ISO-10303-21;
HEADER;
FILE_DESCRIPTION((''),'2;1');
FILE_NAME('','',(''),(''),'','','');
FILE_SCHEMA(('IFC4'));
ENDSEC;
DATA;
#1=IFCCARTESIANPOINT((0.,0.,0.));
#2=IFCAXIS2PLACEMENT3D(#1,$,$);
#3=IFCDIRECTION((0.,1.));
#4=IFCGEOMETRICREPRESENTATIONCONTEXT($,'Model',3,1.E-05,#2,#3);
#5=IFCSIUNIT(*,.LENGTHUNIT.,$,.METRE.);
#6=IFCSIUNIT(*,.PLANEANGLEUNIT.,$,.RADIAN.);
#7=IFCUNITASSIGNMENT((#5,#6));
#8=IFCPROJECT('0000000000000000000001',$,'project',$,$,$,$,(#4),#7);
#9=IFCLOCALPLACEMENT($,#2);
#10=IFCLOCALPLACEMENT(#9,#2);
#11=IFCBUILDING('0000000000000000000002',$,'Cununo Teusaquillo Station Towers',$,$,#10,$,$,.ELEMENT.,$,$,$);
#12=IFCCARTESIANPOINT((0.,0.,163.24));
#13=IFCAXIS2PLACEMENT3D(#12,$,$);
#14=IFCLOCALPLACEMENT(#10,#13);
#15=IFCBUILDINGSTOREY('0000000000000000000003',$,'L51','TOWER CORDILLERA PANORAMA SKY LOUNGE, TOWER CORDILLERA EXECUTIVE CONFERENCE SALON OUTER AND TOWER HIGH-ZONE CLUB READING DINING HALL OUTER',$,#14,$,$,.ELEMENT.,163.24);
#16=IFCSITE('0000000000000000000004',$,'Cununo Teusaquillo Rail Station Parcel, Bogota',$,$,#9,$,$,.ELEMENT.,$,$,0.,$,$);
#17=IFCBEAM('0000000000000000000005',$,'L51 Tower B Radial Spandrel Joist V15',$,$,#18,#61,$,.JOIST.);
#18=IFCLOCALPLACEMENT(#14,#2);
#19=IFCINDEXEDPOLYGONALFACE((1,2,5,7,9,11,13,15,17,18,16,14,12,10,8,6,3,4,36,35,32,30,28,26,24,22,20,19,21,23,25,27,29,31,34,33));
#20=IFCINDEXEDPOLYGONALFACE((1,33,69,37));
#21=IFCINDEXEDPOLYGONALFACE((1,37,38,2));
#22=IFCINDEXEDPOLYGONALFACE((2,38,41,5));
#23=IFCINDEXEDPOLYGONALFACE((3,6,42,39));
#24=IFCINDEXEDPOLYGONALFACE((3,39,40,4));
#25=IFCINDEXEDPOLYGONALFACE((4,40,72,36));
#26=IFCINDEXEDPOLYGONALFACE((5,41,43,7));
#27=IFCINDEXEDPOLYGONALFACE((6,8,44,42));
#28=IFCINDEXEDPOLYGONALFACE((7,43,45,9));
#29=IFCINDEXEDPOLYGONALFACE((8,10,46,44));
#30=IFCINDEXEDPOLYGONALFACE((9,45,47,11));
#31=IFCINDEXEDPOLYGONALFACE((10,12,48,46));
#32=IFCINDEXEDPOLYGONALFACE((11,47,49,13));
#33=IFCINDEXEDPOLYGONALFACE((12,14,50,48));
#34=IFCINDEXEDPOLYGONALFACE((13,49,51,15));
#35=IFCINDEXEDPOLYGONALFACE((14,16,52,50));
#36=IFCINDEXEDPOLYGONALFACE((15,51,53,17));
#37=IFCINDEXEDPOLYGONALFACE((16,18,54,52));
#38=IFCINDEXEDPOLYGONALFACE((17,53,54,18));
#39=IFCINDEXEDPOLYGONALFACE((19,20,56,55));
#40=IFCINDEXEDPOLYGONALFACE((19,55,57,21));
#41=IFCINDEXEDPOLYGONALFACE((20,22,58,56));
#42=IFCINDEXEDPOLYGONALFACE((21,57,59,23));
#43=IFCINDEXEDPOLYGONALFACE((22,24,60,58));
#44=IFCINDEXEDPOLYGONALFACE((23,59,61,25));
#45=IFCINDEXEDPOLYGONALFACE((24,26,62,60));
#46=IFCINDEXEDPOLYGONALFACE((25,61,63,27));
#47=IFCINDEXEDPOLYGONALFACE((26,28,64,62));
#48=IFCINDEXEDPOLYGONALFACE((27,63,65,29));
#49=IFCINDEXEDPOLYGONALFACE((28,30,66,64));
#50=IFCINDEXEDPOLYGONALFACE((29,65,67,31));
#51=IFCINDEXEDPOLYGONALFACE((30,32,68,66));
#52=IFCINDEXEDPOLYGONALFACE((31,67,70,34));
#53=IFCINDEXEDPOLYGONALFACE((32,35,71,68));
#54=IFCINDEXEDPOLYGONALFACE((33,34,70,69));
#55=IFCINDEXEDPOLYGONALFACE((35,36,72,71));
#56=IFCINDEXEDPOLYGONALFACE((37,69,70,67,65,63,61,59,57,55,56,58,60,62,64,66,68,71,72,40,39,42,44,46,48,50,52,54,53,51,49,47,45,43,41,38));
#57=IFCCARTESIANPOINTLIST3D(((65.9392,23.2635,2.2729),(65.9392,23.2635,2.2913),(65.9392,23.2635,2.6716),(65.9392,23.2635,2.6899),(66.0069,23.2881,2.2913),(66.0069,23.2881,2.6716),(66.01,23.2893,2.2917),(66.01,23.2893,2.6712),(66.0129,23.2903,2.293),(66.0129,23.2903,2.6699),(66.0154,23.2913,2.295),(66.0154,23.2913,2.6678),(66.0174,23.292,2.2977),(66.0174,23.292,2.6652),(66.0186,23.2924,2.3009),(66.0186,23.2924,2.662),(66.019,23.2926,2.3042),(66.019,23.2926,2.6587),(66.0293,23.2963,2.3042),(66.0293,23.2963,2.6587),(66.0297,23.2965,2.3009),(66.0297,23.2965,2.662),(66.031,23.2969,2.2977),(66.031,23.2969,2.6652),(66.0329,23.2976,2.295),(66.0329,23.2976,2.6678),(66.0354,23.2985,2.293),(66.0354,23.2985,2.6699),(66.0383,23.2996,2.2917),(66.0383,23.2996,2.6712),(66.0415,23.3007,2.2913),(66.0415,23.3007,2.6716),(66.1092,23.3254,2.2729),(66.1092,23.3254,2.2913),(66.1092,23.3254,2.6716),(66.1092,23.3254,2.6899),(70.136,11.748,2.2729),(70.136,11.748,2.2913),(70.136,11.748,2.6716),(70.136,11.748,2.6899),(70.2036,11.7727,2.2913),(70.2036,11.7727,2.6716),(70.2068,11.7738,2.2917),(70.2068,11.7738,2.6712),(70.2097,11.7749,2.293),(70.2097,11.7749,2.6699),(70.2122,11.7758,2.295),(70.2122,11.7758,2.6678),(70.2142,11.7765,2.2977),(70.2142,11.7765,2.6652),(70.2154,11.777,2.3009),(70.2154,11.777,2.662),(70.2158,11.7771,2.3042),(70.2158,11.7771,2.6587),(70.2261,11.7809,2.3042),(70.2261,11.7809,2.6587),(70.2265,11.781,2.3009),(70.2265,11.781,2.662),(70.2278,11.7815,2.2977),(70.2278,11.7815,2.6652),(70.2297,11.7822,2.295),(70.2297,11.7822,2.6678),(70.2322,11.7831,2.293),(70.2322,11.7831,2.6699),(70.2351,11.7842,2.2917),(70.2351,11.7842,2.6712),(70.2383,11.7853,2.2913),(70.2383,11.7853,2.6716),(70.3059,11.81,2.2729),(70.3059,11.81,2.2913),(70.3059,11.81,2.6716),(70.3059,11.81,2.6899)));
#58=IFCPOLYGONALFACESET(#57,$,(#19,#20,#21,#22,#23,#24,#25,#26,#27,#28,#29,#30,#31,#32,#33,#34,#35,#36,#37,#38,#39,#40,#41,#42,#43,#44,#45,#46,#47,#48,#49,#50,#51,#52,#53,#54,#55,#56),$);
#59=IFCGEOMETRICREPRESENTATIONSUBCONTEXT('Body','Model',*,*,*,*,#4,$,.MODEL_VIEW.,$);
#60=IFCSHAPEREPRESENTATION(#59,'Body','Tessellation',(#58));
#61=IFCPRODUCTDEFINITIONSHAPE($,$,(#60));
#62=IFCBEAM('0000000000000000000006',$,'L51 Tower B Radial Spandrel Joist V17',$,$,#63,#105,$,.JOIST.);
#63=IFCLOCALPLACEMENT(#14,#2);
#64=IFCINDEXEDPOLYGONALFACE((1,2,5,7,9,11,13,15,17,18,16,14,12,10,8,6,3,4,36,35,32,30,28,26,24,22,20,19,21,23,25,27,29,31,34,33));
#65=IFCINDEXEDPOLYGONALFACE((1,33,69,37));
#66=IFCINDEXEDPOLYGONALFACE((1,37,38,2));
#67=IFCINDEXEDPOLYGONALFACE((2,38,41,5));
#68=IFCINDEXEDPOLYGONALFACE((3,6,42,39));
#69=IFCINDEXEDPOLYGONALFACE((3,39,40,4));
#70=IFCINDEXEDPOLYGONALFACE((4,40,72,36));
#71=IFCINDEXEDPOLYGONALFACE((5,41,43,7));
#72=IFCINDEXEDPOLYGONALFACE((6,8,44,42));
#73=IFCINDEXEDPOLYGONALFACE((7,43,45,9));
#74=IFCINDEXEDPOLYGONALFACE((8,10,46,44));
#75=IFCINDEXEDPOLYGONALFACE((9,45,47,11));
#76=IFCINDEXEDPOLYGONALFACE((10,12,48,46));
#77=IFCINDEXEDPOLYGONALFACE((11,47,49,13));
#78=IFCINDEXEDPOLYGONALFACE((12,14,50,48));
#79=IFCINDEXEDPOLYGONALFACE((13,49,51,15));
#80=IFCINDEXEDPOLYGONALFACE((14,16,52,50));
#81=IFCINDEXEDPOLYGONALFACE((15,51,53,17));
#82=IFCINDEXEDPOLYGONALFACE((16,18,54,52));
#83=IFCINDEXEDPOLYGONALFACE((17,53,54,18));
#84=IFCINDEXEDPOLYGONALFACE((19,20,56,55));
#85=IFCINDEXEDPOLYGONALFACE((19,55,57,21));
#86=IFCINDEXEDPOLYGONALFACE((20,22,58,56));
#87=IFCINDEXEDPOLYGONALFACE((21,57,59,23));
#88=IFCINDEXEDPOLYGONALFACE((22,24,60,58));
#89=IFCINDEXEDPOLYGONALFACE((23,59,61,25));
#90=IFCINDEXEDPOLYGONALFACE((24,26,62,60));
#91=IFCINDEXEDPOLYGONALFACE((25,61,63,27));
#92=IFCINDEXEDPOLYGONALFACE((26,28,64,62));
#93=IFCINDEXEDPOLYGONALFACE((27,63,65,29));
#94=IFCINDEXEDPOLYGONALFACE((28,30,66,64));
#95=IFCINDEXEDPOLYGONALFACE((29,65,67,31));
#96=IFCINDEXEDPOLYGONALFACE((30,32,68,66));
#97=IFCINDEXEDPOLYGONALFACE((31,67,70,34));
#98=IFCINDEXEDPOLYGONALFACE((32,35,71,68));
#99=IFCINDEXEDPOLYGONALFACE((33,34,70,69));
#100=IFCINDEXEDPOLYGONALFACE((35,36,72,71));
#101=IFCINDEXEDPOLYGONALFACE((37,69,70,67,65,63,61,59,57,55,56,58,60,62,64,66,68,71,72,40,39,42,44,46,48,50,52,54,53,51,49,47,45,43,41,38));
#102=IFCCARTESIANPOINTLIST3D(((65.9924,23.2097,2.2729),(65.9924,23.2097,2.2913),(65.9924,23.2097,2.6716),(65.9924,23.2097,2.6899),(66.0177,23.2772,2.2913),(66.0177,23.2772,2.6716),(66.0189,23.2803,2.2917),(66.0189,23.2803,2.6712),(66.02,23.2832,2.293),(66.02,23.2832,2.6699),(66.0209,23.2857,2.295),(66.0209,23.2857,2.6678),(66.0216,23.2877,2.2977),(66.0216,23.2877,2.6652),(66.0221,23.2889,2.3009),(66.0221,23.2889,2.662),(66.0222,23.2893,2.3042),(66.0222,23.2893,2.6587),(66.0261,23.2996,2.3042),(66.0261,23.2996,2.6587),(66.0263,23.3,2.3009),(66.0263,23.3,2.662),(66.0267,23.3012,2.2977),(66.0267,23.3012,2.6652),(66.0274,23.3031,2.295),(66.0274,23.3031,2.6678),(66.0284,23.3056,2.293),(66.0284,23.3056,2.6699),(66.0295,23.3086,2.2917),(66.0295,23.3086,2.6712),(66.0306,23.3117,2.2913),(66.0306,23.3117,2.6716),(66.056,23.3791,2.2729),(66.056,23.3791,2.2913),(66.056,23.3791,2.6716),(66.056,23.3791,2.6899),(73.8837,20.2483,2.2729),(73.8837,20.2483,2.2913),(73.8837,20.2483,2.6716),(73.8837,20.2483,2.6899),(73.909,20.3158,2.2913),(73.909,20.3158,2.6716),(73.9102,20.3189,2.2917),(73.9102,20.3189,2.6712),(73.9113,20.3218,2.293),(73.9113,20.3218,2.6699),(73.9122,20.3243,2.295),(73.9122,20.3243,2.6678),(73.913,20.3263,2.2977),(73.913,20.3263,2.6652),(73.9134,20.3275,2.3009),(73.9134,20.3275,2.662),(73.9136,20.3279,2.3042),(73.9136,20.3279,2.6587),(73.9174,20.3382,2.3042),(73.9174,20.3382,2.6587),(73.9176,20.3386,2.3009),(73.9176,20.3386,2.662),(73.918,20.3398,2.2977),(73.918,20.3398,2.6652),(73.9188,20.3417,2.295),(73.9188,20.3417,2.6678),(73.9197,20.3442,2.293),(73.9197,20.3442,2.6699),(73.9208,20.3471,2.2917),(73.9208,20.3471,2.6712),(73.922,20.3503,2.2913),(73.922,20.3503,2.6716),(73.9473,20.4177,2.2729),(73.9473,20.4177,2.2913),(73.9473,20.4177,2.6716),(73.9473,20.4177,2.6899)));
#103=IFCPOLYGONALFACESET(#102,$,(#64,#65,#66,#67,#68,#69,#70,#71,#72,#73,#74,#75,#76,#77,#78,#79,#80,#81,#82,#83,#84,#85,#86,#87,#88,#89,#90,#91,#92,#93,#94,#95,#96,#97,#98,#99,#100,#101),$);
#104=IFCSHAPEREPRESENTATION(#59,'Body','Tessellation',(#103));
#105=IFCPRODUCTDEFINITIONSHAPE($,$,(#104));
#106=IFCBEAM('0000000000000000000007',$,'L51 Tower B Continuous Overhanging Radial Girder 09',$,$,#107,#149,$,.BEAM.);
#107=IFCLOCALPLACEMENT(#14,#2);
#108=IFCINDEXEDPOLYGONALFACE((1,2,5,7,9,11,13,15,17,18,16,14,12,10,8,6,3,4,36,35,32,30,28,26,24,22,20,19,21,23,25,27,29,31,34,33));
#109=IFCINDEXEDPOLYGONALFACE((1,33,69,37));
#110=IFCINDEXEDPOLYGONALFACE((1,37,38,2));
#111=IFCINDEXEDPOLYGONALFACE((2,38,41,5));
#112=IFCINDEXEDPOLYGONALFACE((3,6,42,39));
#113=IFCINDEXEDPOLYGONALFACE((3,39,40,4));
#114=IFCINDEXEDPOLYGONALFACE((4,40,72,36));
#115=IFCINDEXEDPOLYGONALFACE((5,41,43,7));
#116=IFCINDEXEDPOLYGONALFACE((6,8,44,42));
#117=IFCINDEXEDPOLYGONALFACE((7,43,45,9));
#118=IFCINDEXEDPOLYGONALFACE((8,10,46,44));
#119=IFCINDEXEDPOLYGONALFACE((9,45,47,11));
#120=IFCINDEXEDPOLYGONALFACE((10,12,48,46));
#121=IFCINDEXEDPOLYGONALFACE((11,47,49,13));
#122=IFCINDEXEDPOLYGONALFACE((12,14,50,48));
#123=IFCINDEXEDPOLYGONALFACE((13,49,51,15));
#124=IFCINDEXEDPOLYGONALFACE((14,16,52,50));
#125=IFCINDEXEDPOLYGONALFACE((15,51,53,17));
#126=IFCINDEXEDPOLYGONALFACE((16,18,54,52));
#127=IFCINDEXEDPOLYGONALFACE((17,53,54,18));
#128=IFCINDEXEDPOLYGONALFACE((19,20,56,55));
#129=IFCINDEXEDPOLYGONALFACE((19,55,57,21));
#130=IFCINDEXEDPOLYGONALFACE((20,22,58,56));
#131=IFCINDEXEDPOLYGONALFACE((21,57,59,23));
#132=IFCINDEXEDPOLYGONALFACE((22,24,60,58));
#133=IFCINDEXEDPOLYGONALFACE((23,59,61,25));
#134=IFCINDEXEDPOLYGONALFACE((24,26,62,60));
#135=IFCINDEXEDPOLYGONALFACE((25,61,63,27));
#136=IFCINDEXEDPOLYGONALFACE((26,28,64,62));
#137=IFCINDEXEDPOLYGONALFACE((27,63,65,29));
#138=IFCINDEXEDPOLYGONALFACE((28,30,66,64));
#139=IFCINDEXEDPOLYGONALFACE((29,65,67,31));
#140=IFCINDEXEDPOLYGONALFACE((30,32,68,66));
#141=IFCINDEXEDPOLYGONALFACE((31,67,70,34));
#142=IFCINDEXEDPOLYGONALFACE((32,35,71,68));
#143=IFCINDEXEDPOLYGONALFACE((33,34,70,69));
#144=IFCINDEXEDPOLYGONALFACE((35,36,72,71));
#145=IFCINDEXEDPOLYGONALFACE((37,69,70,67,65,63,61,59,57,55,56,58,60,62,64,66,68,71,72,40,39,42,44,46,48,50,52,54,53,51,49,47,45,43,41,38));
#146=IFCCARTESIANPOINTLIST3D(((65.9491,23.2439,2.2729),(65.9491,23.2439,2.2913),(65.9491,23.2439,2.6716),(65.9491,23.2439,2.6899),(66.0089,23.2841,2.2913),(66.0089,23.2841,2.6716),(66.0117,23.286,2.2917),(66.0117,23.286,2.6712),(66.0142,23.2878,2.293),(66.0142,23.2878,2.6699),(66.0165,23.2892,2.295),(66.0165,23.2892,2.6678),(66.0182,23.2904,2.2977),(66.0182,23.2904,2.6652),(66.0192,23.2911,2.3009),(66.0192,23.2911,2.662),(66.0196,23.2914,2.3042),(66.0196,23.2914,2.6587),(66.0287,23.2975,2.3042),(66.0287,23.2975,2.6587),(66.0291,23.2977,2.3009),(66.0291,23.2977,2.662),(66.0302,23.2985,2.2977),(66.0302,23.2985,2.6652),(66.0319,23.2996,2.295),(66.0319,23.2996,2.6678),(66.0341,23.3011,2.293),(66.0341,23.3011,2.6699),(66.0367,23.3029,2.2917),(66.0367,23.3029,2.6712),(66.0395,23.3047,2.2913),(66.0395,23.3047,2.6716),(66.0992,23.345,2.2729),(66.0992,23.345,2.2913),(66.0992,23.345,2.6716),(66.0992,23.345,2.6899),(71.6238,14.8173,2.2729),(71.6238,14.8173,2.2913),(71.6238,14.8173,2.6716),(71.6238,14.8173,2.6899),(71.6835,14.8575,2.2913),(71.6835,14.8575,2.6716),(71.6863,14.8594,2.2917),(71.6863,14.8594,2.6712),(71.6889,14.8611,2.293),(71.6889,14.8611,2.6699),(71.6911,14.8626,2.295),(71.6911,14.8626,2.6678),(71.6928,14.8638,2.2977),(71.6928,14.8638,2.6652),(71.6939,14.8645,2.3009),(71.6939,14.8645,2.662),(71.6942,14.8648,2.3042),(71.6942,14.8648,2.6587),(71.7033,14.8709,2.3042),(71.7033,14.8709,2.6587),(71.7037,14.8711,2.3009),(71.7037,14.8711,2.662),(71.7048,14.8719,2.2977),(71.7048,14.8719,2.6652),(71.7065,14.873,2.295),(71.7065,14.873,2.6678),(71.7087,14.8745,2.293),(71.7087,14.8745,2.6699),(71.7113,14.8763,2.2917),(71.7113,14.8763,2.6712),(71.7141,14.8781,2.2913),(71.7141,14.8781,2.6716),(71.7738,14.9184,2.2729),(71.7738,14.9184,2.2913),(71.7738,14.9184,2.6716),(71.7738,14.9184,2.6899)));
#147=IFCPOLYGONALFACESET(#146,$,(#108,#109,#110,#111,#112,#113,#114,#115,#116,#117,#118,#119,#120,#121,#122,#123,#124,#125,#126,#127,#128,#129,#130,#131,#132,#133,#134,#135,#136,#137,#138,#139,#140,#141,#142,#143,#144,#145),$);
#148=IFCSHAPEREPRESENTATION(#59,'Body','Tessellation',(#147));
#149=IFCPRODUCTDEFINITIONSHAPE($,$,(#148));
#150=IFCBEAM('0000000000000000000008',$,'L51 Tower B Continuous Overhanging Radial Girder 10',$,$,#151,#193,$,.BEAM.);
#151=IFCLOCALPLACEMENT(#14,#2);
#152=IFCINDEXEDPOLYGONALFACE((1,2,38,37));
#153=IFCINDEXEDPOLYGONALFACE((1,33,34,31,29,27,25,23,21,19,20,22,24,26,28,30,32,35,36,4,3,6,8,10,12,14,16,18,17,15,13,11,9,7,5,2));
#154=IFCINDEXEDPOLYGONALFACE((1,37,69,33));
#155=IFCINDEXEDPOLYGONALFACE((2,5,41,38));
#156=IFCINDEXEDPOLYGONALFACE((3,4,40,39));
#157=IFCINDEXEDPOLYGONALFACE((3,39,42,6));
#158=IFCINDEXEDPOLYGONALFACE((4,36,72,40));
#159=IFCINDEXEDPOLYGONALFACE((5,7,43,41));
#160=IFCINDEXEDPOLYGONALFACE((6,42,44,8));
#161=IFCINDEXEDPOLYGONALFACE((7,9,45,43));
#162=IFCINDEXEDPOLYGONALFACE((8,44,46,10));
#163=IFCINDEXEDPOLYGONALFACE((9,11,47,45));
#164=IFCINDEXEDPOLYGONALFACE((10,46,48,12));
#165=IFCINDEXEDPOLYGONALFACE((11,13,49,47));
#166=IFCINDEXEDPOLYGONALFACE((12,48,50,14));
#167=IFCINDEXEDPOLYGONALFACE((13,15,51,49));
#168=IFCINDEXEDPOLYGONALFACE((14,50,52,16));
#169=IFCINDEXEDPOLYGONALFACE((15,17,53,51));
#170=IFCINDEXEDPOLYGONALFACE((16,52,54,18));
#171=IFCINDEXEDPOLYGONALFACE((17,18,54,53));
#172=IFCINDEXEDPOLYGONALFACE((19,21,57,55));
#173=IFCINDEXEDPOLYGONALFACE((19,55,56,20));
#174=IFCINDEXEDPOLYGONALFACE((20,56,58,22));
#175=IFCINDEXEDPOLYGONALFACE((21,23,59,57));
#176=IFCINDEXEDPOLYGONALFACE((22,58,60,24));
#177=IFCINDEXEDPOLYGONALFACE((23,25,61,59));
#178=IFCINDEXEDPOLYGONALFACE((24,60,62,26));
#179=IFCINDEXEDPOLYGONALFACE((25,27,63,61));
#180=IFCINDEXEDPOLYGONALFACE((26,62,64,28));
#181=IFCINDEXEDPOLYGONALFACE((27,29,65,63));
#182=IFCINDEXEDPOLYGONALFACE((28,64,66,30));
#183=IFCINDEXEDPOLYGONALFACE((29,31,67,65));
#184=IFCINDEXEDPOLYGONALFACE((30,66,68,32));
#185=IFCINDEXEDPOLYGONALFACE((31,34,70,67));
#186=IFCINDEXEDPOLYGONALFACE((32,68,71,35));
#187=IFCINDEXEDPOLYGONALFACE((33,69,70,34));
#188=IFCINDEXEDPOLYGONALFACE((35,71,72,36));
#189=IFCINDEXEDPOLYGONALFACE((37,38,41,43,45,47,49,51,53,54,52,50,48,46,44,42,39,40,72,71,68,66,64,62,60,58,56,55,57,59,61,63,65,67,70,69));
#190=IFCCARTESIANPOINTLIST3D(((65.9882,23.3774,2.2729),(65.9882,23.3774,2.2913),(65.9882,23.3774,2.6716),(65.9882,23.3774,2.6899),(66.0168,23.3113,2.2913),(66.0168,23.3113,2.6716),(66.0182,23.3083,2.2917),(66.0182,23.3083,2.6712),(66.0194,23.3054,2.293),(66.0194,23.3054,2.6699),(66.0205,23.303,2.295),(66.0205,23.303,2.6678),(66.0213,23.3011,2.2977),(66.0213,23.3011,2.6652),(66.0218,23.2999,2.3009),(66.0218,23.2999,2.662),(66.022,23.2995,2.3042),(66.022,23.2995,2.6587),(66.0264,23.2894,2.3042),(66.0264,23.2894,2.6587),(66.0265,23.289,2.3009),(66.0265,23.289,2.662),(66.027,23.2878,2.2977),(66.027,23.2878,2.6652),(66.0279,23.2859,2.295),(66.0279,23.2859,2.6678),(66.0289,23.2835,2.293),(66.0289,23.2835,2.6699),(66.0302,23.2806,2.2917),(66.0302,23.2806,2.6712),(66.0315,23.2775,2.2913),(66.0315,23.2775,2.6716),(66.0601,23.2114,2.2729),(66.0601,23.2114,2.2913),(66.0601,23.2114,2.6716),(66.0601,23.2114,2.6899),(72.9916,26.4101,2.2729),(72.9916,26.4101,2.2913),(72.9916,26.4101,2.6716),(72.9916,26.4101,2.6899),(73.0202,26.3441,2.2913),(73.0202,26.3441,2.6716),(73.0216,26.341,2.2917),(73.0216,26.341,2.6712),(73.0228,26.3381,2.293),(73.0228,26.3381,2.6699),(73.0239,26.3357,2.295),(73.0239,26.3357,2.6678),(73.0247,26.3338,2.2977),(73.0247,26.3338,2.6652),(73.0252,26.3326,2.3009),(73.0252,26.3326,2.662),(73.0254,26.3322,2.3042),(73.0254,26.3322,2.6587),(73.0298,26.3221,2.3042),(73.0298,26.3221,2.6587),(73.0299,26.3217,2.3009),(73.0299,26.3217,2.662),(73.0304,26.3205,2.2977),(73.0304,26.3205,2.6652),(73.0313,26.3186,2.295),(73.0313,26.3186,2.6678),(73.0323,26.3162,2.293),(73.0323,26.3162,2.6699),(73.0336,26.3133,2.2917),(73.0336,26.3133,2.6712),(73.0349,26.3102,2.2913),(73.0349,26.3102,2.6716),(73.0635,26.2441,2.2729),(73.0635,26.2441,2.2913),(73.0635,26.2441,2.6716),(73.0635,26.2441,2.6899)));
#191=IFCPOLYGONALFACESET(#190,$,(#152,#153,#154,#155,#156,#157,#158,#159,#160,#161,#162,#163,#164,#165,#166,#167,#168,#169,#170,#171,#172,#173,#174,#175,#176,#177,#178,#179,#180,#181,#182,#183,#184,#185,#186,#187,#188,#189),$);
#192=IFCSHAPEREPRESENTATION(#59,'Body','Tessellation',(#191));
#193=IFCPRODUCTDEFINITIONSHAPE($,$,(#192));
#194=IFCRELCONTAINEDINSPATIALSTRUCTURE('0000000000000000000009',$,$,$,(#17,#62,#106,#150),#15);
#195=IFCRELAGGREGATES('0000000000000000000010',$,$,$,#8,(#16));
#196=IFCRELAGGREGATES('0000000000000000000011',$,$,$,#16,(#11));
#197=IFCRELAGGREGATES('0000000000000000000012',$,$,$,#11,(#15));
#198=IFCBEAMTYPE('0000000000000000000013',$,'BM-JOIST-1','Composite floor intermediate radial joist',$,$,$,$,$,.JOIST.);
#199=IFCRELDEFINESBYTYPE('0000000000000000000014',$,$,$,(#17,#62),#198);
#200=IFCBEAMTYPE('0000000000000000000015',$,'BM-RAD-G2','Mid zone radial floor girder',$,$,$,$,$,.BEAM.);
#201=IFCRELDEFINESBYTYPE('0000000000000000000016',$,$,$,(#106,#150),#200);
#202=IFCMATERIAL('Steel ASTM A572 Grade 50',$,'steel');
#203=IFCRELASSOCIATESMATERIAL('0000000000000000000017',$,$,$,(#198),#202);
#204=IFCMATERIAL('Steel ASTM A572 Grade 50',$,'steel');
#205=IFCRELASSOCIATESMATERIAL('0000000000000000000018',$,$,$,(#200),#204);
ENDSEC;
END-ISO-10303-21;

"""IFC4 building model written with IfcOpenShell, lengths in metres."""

from ifc_helpers import new_model, si_unit, direction, frame, origin, origin_2d, place, context, subcontext, project, spatial, i_section, extrude, material, material_profile, profile_set, type_object, element, save


model = new_model("IFC4")

# Units and contexts
model_context = context("Model", 3, precision=1e-05, world=origin(), true_north=direction((0.0, 1.0)))
body_context = subcontext(model_context, "Body", "Model", "MODEL_VIEW")
ifc_project = project(units=[si_unit("LENGTHUNIT", "METRE"), si_unit("PLANEANGLEUNIT", "RADIAN")], contexts=[model_context])

# Site, building, storey
site_placement = place(None, origin())
site = spatial("IfcSite", under=ifc_project, at=site_placement, Name="Cununo Teusaquillo Rail Station Parcel, Bogota", CompositionType="ELEMENT", RefElevation=0.0)
building_placement = place(site_placement, origin())
building = spatial("IfcBuilding", under=site, at=building_placement, Name="Cununo Teusaquillo Station Towers", CompositionType="ELEMENT")
storey_placement = place(building_placement, frame((0.0, 0.0, 163.24)))
storey = spatial("IfcBuildingStorey", under=building, at=storey_placement, Name="L51", Description="TOWER CORDILLERA PANORAMA SKY LOUNGE, TOWER CORDILLERA EXECUTIVE CONFERENCE SALON OUTER AND TOWER HIGH-ZONE CLUB READING DINING HALL OUTER", CompositionType="ELEMENT", Elevation=163.24)

# Beams
ifc_material_1 = material(Name="Steel ASTM A572 Grade 50", Category="steel")
ifc_material_profile_1 = material_profile(ifc_material_1, i_section(OverallWidth=0.1809, OverallDepth=0.417, WebThickness=0.011, FlangeThickness=0.0183, FilletRadius=0.0129, at=origin_2d()), Name="W16X57")
ifc_profile_set_1 = profile_set([ifc_material_profile_1], Name="Steel ASTM A572 Grade 50")
beam_type_1 = type_object("IfcBeamType", Name="BM-JOIST-1", Description="Composite floor intermediate radial joist", PredefinedType="JOIST", material=ifc_profile_set_1)
beam_1_placement = place(storey_placement, frame((66.0242, 23.2944, 2.4814), z_axis=(0.342418, -0.939548, 0.0), x_axis=(0.939548, 0.342418, 0.0)))
element("IfcBeam", 1, at=beam_1_placement, inside=storey, type_object=beam_type_1, Name="L51 Tower B Radial Spandrel Joist V15", PredefinedType="JOIST", context=body_context, shape_type="SweptSolid", body=[
    extrude(i_section(OverallWidth=0.1809, OverallDepth=0.417, WebThickness=0.011, FlangeThickness=0.0183, FilletRadius=0.0129, at=origin_2d()), origin(), (0.0, 0.0, 1.0), 12.2563),
])
beam_2_placement = place(storey_placement, frame((66.0242, 23.2944, 2.4814), z_axis=(0.936245, -0.351349, 0.0), x_axis=(0.351349, 0.936245, 0.0)))
element("IfcBeam", 2, at=beam_2_placement, inside=storey, type_object=beam_type_1, Name="L51 Tower B Radial Spandrel Joist V17", PredefinedType="JOIST", context=body_context, shape_type="SweptSolid", body=[
    extrude(i_section(OverallWidth=0.1809, OverallDepth=0.417, WebThickness=0.011, FlangeThickness=0.0183, FilletRadius=0.0129, at=origin_2d()), origin(), (0.0, 0.0, 1.0), 8.4287),
])
ifc_material_2 = material(Name="Steel ASTM A572 Grade 50", Category="steel")
ifc_material_profile_2 = material_profile(ifc_material_2, i_section(OverallWidth=0.1809, OverallDepth=0.417, WebThickness=0.011, FlangeThickness=0.0183, FilletRadius=0.0129, at=origin_2d()), Name="W16X57")
ifc_profile_set_2 = profile_set([ifc_material_profile_2], Name="Steel ASTM A572 Grade 50")
beam_type_2 = type_object("IfcBeamType", Name="BM-RAD-G2", Description="Mid zone radial floor girder", PredefinedType="BEAM", material=ifc_profile_set_2)
beam_3_placement = place(storey_placement, frame((66.0242, 23.2944, 2.4814), z_axis=(0.558571, -0.829457, 0.0), x_axis=(0.829457, 0.558571, 0.0)))
element("IfcBeam", 3, at=beam_3_placement, inside=storey, type_object=beam_type_2, Name="L51 Tower B Continuous Overhanging Radial Girder 09", PredefinedType="BEAM", context=body_context, shape_type="SweptSolid", body=[
    extrude(i_section(OverallWidth=0.1809, OverallDepth=0.417, WebThickness=0.011, FlangeThickness=0.0183, FilletRadius=0.0129, at=origin_2d()), origin(), (0.0, 0.0, 1.0), 10.1592),
])
beam_4_placement = place(storey_placement, frame((66.0242, 23.2944, 2.4814), z_axis=(0.917656, 0.397376, 0.0), x_axis=(-0.397376, 0.917656, 0.0)))
element("IfcBeam", 4, at=beam_4_placement, inside=storey, type_object=beam_type_2, Name="L51 Tower B Continuous Overhanging Radial Girder 10", PredefinedType="BEAM", context=body_context, shape_type="SweptSolid", body=[
    extrude(i_section(OverallWidth=0.1809, OverallDepth=0.417, WebThickness=0.011, FlangeThickness=0.0183, FilletRadius=0.0129, at=origin_2d()), origin(), (0.0, 0.0, 1.0), 7.6318),
])

save(model, "model.ifc")
